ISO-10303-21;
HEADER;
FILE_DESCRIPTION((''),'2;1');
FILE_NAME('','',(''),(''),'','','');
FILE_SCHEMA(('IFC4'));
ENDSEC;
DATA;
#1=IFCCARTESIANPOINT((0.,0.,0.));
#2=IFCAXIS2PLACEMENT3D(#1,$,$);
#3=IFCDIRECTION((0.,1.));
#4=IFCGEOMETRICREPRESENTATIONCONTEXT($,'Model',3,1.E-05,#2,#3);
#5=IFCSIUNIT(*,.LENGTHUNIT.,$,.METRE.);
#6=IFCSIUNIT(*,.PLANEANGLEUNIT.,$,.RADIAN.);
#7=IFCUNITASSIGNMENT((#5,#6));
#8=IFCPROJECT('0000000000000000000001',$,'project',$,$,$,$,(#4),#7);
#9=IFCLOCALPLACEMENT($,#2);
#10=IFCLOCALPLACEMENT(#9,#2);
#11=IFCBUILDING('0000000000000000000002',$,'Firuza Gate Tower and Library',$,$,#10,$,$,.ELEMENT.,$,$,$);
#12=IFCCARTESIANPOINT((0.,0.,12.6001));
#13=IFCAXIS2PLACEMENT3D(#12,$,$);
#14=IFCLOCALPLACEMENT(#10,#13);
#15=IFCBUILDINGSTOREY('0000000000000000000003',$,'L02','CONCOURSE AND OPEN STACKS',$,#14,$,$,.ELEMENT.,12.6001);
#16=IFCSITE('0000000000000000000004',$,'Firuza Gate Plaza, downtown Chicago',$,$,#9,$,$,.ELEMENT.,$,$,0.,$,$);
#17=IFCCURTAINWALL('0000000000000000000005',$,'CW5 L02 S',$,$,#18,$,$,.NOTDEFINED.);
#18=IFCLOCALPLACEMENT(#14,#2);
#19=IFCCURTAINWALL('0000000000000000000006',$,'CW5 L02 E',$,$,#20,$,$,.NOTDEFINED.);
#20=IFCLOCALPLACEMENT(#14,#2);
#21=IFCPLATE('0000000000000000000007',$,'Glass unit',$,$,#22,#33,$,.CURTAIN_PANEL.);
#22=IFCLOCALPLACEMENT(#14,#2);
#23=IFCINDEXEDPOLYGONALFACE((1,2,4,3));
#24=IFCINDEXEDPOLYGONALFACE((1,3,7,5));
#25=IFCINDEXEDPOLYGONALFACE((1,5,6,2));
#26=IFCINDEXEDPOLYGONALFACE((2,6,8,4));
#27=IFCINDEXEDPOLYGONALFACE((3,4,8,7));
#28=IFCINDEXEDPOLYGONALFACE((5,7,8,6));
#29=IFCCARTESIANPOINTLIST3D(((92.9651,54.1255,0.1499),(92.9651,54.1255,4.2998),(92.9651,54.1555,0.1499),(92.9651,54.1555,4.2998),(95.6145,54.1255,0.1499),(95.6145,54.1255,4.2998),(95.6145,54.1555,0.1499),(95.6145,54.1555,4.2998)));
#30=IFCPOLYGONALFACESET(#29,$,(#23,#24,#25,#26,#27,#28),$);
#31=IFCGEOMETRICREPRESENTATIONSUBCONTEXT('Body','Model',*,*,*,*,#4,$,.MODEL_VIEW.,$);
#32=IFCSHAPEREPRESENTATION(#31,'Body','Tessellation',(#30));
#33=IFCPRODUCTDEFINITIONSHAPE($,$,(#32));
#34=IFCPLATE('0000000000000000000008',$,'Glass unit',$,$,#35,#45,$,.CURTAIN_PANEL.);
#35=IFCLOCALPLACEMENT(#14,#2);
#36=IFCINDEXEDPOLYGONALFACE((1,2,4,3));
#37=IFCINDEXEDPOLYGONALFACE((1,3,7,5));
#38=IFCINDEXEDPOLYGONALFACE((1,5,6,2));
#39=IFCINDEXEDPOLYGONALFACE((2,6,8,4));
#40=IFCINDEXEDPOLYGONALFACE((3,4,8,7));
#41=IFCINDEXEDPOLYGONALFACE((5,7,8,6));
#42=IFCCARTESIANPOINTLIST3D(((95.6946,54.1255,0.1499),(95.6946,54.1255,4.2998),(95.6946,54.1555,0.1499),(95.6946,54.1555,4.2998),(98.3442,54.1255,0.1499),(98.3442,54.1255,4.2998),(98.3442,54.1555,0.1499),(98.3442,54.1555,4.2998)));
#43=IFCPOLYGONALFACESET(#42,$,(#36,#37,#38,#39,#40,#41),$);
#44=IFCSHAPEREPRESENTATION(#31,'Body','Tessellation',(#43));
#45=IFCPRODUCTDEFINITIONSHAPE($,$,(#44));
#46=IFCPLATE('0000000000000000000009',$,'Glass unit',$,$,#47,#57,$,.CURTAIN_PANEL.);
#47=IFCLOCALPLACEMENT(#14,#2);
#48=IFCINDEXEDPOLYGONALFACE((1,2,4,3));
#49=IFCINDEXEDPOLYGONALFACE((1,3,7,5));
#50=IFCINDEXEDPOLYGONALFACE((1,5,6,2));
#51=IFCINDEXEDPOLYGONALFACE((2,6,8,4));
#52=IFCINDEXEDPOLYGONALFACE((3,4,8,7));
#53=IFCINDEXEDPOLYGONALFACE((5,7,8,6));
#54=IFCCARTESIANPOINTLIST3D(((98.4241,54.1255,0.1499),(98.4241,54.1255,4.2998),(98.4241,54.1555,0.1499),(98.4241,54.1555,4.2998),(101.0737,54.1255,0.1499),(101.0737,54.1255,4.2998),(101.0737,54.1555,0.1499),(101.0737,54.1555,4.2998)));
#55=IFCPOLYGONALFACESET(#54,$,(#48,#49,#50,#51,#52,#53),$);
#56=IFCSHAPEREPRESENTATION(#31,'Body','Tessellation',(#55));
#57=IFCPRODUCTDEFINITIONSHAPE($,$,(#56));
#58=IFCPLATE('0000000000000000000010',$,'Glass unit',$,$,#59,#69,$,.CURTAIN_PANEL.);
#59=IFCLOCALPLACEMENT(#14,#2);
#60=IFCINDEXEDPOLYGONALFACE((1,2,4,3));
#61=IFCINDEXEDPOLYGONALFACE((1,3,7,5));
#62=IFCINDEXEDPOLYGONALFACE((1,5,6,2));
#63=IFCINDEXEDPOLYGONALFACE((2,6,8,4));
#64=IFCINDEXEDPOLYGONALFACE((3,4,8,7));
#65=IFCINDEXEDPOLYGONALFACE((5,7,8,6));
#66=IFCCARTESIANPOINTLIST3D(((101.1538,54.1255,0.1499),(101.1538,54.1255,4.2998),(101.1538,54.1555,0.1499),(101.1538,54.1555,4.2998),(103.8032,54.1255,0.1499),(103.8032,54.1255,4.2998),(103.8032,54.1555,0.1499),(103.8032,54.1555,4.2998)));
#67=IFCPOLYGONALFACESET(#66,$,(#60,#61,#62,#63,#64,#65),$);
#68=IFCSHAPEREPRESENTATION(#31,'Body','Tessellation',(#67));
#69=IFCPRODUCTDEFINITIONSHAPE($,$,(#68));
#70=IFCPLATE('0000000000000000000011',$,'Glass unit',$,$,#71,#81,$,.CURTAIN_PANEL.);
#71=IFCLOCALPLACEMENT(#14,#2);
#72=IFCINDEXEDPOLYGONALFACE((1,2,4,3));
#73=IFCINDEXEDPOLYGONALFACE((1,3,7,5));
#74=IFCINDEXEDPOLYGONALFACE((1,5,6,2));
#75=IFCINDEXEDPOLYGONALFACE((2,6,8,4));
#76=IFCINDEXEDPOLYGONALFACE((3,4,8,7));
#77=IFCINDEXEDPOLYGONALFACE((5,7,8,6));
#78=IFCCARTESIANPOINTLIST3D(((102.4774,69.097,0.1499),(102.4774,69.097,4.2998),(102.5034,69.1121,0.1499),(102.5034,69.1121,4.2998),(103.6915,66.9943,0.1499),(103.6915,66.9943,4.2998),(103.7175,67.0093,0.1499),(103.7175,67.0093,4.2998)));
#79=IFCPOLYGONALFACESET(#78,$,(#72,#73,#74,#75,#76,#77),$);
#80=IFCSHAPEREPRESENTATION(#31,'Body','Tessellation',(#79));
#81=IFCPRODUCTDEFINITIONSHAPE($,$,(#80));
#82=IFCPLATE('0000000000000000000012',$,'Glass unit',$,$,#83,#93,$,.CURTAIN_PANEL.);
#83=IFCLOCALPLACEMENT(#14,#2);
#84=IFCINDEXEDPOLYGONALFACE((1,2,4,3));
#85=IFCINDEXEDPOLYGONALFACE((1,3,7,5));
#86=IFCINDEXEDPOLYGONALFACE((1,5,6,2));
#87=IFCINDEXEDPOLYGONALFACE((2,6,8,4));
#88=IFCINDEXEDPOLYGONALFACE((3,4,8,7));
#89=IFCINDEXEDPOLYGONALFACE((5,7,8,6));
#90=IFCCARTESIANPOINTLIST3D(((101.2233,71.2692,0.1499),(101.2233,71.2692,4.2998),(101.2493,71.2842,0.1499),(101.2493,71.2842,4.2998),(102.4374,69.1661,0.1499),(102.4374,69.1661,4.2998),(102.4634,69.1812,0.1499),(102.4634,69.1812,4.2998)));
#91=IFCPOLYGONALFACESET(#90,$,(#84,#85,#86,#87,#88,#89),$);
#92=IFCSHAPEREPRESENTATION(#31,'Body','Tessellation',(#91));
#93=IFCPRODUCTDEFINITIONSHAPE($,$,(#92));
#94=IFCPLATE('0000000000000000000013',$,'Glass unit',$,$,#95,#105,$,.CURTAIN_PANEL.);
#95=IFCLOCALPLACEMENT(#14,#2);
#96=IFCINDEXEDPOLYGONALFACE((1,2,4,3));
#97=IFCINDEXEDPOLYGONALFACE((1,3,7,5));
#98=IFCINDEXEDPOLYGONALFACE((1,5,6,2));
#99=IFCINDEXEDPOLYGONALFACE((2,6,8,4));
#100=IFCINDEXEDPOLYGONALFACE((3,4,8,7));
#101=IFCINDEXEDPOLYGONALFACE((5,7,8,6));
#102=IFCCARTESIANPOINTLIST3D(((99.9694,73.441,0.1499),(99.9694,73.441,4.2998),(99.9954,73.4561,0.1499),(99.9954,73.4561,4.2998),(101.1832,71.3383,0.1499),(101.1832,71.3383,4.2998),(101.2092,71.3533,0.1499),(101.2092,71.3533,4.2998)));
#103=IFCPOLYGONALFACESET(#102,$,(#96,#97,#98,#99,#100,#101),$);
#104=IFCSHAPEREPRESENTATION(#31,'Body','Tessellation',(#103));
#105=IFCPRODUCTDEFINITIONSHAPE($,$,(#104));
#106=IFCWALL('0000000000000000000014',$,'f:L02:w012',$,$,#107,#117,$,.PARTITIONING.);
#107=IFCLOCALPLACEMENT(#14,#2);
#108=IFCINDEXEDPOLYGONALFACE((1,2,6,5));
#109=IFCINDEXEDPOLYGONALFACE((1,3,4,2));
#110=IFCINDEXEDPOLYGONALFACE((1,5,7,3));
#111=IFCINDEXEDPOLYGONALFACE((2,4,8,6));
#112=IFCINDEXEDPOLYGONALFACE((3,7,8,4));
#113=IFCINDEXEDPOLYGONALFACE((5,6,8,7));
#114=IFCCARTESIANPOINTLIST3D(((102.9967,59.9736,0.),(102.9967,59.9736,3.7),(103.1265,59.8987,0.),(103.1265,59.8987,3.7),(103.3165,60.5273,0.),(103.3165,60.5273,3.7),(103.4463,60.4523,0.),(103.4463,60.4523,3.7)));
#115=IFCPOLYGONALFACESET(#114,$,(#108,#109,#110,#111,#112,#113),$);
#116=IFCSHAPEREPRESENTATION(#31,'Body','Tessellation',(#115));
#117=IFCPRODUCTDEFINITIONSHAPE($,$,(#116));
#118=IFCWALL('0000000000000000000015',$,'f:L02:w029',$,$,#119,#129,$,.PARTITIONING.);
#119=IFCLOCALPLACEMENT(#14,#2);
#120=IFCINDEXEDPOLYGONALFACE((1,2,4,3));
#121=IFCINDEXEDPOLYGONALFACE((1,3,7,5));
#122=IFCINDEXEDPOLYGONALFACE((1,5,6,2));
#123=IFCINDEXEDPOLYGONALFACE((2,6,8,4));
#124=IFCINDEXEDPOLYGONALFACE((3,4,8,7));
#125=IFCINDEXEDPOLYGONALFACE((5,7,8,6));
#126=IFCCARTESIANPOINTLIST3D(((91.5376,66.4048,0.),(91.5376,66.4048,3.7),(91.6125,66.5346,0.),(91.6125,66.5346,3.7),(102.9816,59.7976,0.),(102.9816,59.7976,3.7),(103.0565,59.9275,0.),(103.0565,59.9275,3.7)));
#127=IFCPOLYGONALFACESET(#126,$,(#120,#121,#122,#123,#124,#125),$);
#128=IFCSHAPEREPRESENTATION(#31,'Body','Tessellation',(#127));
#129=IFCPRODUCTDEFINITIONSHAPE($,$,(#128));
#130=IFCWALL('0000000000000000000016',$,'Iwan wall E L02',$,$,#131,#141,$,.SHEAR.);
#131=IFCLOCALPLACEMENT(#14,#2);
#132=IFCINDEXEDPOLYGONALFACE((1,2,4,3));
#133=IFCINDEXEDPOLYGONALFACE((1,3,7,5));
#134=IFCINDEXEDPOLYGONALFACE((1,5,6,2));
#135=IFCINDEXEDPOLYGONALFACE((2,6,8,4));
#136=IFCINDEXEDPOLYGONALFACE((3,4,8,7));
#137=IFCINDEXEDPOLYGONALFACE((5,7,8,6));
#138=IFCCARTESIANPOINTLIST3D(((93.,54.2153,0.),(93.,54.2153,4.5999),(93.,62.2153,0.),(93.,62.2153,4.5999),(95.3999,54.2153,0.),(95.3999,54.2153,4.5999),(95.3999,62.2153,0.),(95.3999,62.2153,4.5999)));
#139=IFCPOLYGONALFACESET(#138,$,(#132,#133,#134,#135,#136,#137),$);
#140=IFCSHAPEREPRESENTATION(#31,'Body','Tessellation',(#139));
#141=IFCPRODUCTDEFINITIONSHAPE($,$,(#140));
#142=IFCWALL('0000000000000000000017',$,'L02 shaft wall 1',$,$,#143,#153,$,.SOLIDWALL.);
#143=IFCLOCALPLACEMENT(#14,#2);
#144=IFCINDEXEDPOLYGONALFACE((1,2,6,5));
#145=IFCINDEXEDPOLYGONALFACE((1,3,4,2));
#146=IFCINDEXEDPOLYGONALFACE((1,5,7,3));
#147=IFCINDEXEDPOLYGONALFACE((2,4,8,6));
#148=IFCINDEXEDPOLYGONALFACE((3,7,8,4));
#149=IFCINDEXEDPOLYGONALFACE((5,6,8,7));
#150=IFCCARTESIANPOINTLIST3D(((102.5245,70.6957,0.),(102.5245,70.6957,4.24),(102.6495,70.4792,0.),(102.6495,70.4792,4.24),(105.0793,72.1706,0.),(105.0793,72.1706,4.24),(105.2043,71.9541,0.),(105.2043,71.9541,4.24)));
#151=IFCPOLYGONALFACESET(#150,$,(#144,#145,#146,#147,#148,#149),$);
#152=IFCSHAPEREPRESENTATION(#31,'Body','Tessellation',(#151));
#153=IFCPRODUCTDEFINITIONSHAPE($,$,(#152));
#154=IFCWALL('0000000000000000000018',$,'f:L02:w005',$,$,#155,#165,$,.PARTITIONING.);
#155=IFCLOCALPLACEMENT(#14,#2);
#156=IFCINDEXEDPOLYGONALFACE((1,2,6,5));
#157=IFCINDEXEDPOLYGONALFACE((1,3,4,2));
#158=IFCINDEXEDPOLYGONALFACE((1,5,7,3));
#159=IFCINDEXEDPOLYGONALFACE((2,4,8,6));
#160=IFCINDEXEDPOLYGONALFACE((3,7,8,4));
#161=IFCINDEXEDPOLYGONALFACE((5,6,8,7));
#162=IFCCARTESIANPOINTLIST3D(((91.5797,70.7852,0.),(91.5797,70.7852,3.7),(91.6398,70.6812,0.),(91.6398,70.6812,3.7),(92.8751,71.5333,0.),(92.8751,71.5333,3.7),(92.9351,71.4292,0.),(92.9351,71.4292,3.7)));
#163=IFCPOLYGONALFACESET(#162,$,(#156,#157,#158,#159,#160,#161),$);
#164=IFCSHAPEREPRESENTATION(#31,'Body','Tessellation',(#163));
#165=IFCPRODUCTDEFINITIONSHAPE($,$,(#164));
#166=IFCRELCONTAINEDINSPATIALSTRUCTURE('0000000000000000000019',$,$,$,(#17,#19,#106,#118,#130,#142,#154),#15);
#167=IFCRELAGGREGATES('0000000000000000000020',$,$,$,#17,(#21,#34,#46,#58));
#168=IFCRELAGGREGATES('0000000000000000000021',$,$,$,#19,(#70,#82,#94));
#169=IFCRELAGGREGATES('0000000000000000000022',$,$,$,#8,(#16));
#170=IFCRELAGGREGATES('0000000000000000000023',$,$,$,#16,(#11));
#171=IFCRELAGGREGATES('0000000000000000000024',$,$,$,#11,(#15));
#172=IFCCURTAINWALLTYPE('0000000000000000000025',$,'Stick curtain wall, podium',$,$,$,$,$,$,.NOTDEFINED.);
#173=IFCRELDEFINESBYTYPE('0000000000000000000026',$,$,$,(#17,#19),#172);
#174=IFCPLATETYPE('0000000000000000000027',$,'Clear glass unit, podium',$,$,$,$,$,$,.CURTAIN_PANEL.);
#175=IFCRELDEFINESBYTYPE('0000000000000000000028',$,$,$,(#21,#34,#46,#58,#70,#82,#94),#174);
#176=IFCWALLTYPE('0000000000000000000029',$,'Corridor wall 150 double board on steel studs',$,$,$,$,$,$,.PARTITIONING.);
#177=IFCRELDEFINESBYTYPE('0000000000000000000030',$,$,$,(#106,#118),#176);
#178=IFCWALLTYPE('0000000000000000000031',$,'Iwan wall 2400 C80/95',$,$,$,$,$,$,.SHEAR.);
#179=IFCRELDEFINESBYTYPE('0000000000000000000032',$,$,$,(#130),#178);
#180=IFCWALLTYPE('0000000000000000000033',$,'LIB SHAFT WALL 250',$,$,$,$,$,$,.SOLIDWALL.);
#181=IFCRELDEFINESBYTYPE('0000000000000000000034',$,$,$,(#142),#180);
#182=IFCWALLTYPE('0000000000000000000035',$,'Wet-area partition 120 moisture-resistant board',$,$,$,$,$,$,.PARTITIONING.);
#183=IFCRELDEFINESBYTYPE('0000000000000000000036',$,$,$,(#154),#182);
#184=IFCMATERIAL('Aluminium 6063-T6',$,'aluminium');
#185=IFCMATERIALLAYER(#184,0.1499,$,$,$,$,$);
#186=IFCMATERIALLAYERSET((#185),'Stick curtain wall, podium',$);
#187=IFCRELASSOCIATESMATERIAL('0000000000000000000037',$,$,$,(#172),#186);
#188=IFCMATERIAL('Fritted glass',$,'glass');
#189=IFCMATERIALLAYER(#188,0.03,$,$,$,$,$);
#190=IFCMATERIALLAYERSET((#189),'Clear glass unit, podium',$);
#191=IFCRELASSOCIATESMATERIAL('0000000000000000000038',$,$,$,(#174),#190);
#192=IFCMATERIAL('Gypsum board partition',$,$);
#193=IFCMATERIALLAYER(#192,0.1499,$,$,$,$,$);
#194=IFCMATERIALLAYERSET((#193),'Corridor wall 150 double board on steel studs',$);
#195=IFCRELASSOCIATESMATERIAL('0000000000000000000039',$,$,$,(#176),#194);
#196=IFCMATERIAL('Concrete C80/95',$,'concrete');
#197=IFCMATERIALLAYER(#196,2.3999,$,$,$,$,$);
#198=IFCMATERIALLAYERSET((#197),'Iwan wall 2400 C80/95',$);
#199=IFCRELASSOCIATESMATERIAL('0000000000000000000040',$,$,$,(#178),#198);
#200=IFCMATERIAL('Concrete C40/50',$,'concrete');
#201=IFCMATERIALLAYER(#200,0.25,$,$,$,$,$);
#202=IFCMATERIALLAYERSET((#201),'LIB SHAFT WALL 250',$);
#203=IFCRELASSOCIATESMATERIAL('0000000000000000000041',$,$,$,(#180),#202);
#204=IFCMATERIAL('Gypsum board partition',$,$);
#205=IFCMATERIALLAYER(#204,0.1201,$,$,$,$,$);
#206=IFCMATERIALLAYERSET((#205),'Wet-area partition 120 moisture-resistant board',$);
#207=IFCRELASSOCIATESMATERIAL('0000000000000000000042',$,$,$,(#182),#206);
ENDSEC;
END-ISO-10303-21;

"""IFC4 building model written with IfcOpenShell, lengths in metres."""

from ifc_helpers import new_model, si_unit, direction, frame, frame_2d, origin, place, context, subcontext, project, spatial, polyline, rectangle, outline, extrude, material, layer, layer_set, type_object, element, aggregate, save


model = new_model("IFC4")

# Units and contexts
model_context = context("Model", 3, precision=1e-05, world=origin(), true_north=direction((0.0, 1.0)))
body_context = subcontext(model_context, "Body", "Model", "MODEL_VIEW")
ifc_project = project(units=[si_unit("LENGTHUNIT", "METRE"), si_unit("PLANEANGLEUNIT", "RADIAN")], contexts=[model_context])

# Site, building, storey
site_placement = place(None, origin())
site = spatial("IfcSite", under=ifc_project, at=site_placement, Name="Firuza Gate Plaza, downtown Chicago", CompositionType="ELEMENT", RefElevation=0.0)
building_placement = place(site_placement, origin())
building = spatial("IfcBuilding", under=site, at=building_placement, Name="Firuza Gate Tower and Library", CompositionType="ELEMENT")
storey_placement = place(building_placement, frame((0.0, 0.0, 12.6001)))
storey = spatial("IfcBuildingStorey", under=building, at=storey_placement, Name="L02", Description="CONCOURSE AND OPEN STACKS", CompositionType="ELEMENT", Elevation=12.6001)

# Shared definitions
placement = place(storey_placement, origin())

# Curtain walls
ifc_material_1 = material(Name="Aluminium 6063-T6", Category="aluminium")
ifc_layer_1 = layer(ifc_material_1, 0.1499)
ifc_layer_set_1 = layer_set([ifc_layer_1], Name="Stick curtain wall, podium")
curtain_wall_type_1 = type_object("IfcCurtainWallType", Name="Stick curtain wall, podium", PredefinedType="NOTDEFINED", material=ifc_layer_set_1)
curtain_wall_1 = element("IfcCurtainWall", 1, at=placement, inside=storey, type_object=curtain_wall_type_1, Name="CW5 L02 S", PredefinedType="NOTDEFINED")
curtain_wall_2 = element("IfcCurtainWall", 2, at=placement, inside=storey, type_object=curtain_wall_type_1, Name="CW5 L02 E", PredefinedType="NOTDEFINED")

# Plates
ifc_material_2 = material(Name="Fritted glass", Category="glass")
ifc_layer_2 = layer(ifc_material_2, 0.03)
ifc_layer_set_2 = layer_set([ifc_layer_2], Name="Clear glass unit, podium")
plate_type = type_object("IfcPlateType", Name="Clear glass unit, podium", PredefinedType="CURTAIN_PANEL", material=ifc_layer_set_2)
plate_1_placement = place(storey_placement, frame((92.9651, 54.1255, 0.1499), z_axis=(0.0, -1.0, 0.0), x_axis=(1.0, 0.0, 0.0)))
plate_1 = element("IfcPlate", 3, at=plate_1_placement, type_object=plate_type, Name="Glass unit", PredefinedType="CURTAIN_PANEL", context=body_context, shape_type="SweptSolid", body=[
    extrude(outline(polyline([(0.0, 0.0), (2.6494, 0.0), (2.6494, 4.1499), (0.0, 4.1499), (0.0, 0.0)])), origin(), (0.0, 0.0, -1.0), 0.03),
])
plate_2_placement = place(storey_placement, frame((95.6946, 54.1255, 0.1499), z_axis=(0.0, -1.0, 0.0), x_axis=(1.0, 0.0, 0.0)))
plate_2 = element("IfcPlate", 4, at=plate_2_placement, type_object=plate_type, Name="Glass unit", PredefinedType="CURTAIN_PANEL", context=body_context, shape_type="SweptSolid", body=[
    extrude(outline(polyline([(0.0, 0.0), (2.6497, 0.0), (2.6497, 4.1499), (0.0, 4.1499), (0.0, 0.0)])), origin(), (0.0, 0.0, -1.0), 0.03),
])
plate_3_placement = place(storey_placement, frame((98.4241, 54.1255, 0.1499), z_axis=(0.0, -1.0, 0.0), x_axis=(1.0, 0.0, 0.0)))
plate_3 = element("IfcPlate", 5, at=plate_3_placement, type_object=plate_type, Name="Glass unit", PredefinedType="CURTAIN_PANEL", context=body_context, shape_type="SweptSolid", body=[
    extrude(outline(polyline([(0.0, 0.0), (2.6497, 0.0), (2.6497, 4.1499), (0.0, 4.1499), (0.0, 0.0)])), origin(), (0.0, 0.0, -1.0), 0.03),
])
plate_4_placement = place(storey_placement, frame((101.1538, 54.1255, 0.1499), z_axis=(0.0, -1.0, 0.0), x_axis=(1.0, 0.0, 0.0)))
plate_4 = element("IfcPlate", 6, at=plate_4_placement, type_object=plate_type, Name="Glass unit", PredefinedType="CURTAIN_PANEL", context=body_context, shape_type="SweptSolid", body=[
    extrude(outline(polyline([(0.0, 0.0), (2.6494, 0.0), (2.6494, 4.1499), (0.0, 4.1499), (0.0, 0.0)])), origin(), (0.0, 0.0, -1.0), 0.03),
])
aggregate(curtain_wall_1, [plate_1, plate_2, plate_3, plate_4])
plate_5_placement = place(storey_placement, frame((103.7175, 67.0093, 0.1499), z_axis=(0.866013, 0.500021, 0.0), x_axis=(-0.500021, 0.866013, 0.0)))
plate_5 = element("IfcPlate", 7, at=plate_5_placement, type_object=plate_type, Name="Glass unit", PredefinedType="CURTAIN_PANEL", context=body_context, shape_type="SweptSolid", body=[
    extrude(outline(polyline([(0.0, 0.0), (2.4281, 0.0), (2.4281, 4.1499), (0.0, 4.1499), (0.0, 0.0)])), origin(), (0.0, 0.0, -1.0), 0.03),
])
plate_6_placement = place(storey_placement, frame((102.4634, 69.1812, 0.1499), z_axis=(0.866038, 0.499978, 0.0), x_axis=(-0.499978, 0.866038, 0.0)))
plate_6 = element("IfcPlate", 8, at=plate_6_placement, type_object=plate_type, Name="Glass unit", PredefinedType="CURTAIN_PANEL", context=body_context, shape_type="SweptSolid", body=[
    extrude(outline(polyline([(0.0, 0.0), (2.4283, 0.0), (2.4283, 4.1499), (0.0, 4.1499), (0.0, 0.0)])), origin(), (0.0, 0.0, -1.0), 0.03),
])
plate_7_placement = place(storey_placement, frame((101.2092, 71.3533, 0.1499), z_axis=(0.866057, 0.499946, 0.0), x_axis=(-0.499946, 0.866057, 0.0)))
plate_7 = element("IfcPlate", 9, at=plate_7_placement, type_object=plate_type, Name="Glass unit", PredefinedType="CURTAIN_PANEL", context=body_context, shape_type="SweptSolid", body=[
    extrude(outline(polyline([(0.0, 0.0), (2.428, 0.0), (2.428, 4.1499), (0.0, 4.1499), (0.0, 0.0)])), origin(), (0.0, 0.0, -1.0), 0.03),
])
aggregate(curtain_wall_2, [plate_5, plate_6, plate_7])

# Walls
ifc_material_3 = material(Name="Gypsum board partition")
ifc_layer_3 = layer(ifc_material_3, 0.1499)
ifc_layer_set_3 = layer_set([ifc_layer_3], Name="Corridor wall 150 double board on steel studs")
wall_type_1 = type_object("IfcWallType", Name="Corridor wall 150 double board on steel studs", PredefinedType="PARTITIONING", material=ifc_layer_set_3)
wall_1_placement = place(storey_placement, frame((103.0615, 59.936, 0.0), z_axis=(0.0, 0.0, 1.0), x_axis=(0.500163, 0.865931, 0.0)))
element("IfcWall", 10, at=wall_1_placement, inside=storey, type_object=wall_type_1, Name="f:L02:w012", PredefinedType="PARTITIONING", context=body_context, shape_type="SweptSolid", body=[
    extrude(rectangle(XDim=0.6394, YDim=0.1499, at=frame_2d((0.3198, 0.0))), origin(), (0.0, 0.0, 1.0), 3.7),
])
wall_2_placement = place(storey_placement, frame((103.019, 59.8625, 0.0), z_axis=(0.0, 0.0, 1.0), x_axis=(-0.866028, 0.499996, 0.0)))
element("IfcWall", 11, at=wall_2_placement, inside=storey, type_object=wall_type_1, Name="f:L02:w029", PredefinedType="PARTITIONING", context=body_context, shape_type="SweptSolid", body=[
    extrude(rectangle(XDim=13.2144, YDim=0.1499, at=frame_2d((6.6072, 0.0))), origin(), (0.0, 0.0, 1.0), 3.7),
])
ifc_material_4 = material(Name="Concrete C80/95", Category="concrete")
ifc_layer_4 = layer(ifc_material_4, 2.3999)
ifc_layer_set_4 = layer_set([ifc_layer_4], Name="Iwan wall 2400 C80/95")
wall_type_2 = type_object("IfcWallType", Name="Iwan wall 2400 C80/95", PredefinedType="SHEAR", material=ifc_layer_set_4)
wall_3_placement = place(storey_placement, frame((94.2, 54.2153, 0.0), z_axis=(0.0, 0.0, 1.0), x_axis=(0.0, 1.0, 0.0)))
element("IfcWall", 12, at=wall_3_placement, inside=storey, type_object=wall_type_2, Name="Iwan wall E L02", PredefinedType="SHEAR", context=body_context, shape_type="SweptSolid", body=[
    extrude(rectangle(XDim=8.0, YDim=2.3999, at=frame_2d((4.0, 0.0))), origin(), (0.0, 0.0, 1.0), 4.5999),
])
ifc_material_5 = material(Name="Concrete C40/50", Category="concrete")
ifc_layer_5 = layer(ifc_material_5, 0.25)
ifc_layer_set_5 = layer_set([ifc_layer_5], Name="LIB SHAFT WALL 250")
wall_type_3 = type_object("IfcWallType", Name="LIB SHAFT WALL 250", PredefinedType="SOLIDWALL", material=ifc_layer_set_5)
wall_4_placement = place(storey_placement, frame((102.5869, 70.5874, 0.0), z_axis=(0.0, 0.0, 1.0), x_axis=(0.866039, 0.499976, 0.0)))
element("IfcWall", 13, at=wall_4_placement, inside=storey, type_object=wall_type_3, Name="L02 shaft wall 1", PredefinedType="SOLIDWALL", context=body_context, shape_type="SweptSolid", body=[
    extrude(rectangle(XDim=2.95, YDim=0.25, at=frame_2d((1.4751, 0.0))), origin(), (0.0, 0.0, 1.0), 4.24),
])
ifc_material_6 = material(Name="Gypsum board partition")
ifc_layer_6 = layer(ifc_material_6, 0.1201)
ifc_layer_set_6 = layer_set([ifc_layer_6], Name="Wet-area partition 120 moisture-resistant board")
wall_type_4 = type_object("IfcWallType", Name="Wet-area partition 120 moisture-resistant board", PredefinedType="PARTITIONING", material=ifc_layer_set_6)
wall_5_placement = place(storey_placement, frame((91.6096, 70.7332, 0.0), z_axis=(0.0, 0.0, 1.0), x_axis=(0.865984, 0.500071, 0.0)))
element("IfcWall", 14, at=wall_5_placement, inside=storey, type_object=wall_type_4, Name="f:L02:w005", PredefinedType="PARTITIONING", context=body_context, shape_type="SweptSolid", body=[
    extrude(rectangle(XDim=1.4958, YDim=0.1201, at=frame_2d((0.748, 0.0))), origin(), (0.0, 0.0, 1.0), 3.7),
])

save(model, "model.ifc")
